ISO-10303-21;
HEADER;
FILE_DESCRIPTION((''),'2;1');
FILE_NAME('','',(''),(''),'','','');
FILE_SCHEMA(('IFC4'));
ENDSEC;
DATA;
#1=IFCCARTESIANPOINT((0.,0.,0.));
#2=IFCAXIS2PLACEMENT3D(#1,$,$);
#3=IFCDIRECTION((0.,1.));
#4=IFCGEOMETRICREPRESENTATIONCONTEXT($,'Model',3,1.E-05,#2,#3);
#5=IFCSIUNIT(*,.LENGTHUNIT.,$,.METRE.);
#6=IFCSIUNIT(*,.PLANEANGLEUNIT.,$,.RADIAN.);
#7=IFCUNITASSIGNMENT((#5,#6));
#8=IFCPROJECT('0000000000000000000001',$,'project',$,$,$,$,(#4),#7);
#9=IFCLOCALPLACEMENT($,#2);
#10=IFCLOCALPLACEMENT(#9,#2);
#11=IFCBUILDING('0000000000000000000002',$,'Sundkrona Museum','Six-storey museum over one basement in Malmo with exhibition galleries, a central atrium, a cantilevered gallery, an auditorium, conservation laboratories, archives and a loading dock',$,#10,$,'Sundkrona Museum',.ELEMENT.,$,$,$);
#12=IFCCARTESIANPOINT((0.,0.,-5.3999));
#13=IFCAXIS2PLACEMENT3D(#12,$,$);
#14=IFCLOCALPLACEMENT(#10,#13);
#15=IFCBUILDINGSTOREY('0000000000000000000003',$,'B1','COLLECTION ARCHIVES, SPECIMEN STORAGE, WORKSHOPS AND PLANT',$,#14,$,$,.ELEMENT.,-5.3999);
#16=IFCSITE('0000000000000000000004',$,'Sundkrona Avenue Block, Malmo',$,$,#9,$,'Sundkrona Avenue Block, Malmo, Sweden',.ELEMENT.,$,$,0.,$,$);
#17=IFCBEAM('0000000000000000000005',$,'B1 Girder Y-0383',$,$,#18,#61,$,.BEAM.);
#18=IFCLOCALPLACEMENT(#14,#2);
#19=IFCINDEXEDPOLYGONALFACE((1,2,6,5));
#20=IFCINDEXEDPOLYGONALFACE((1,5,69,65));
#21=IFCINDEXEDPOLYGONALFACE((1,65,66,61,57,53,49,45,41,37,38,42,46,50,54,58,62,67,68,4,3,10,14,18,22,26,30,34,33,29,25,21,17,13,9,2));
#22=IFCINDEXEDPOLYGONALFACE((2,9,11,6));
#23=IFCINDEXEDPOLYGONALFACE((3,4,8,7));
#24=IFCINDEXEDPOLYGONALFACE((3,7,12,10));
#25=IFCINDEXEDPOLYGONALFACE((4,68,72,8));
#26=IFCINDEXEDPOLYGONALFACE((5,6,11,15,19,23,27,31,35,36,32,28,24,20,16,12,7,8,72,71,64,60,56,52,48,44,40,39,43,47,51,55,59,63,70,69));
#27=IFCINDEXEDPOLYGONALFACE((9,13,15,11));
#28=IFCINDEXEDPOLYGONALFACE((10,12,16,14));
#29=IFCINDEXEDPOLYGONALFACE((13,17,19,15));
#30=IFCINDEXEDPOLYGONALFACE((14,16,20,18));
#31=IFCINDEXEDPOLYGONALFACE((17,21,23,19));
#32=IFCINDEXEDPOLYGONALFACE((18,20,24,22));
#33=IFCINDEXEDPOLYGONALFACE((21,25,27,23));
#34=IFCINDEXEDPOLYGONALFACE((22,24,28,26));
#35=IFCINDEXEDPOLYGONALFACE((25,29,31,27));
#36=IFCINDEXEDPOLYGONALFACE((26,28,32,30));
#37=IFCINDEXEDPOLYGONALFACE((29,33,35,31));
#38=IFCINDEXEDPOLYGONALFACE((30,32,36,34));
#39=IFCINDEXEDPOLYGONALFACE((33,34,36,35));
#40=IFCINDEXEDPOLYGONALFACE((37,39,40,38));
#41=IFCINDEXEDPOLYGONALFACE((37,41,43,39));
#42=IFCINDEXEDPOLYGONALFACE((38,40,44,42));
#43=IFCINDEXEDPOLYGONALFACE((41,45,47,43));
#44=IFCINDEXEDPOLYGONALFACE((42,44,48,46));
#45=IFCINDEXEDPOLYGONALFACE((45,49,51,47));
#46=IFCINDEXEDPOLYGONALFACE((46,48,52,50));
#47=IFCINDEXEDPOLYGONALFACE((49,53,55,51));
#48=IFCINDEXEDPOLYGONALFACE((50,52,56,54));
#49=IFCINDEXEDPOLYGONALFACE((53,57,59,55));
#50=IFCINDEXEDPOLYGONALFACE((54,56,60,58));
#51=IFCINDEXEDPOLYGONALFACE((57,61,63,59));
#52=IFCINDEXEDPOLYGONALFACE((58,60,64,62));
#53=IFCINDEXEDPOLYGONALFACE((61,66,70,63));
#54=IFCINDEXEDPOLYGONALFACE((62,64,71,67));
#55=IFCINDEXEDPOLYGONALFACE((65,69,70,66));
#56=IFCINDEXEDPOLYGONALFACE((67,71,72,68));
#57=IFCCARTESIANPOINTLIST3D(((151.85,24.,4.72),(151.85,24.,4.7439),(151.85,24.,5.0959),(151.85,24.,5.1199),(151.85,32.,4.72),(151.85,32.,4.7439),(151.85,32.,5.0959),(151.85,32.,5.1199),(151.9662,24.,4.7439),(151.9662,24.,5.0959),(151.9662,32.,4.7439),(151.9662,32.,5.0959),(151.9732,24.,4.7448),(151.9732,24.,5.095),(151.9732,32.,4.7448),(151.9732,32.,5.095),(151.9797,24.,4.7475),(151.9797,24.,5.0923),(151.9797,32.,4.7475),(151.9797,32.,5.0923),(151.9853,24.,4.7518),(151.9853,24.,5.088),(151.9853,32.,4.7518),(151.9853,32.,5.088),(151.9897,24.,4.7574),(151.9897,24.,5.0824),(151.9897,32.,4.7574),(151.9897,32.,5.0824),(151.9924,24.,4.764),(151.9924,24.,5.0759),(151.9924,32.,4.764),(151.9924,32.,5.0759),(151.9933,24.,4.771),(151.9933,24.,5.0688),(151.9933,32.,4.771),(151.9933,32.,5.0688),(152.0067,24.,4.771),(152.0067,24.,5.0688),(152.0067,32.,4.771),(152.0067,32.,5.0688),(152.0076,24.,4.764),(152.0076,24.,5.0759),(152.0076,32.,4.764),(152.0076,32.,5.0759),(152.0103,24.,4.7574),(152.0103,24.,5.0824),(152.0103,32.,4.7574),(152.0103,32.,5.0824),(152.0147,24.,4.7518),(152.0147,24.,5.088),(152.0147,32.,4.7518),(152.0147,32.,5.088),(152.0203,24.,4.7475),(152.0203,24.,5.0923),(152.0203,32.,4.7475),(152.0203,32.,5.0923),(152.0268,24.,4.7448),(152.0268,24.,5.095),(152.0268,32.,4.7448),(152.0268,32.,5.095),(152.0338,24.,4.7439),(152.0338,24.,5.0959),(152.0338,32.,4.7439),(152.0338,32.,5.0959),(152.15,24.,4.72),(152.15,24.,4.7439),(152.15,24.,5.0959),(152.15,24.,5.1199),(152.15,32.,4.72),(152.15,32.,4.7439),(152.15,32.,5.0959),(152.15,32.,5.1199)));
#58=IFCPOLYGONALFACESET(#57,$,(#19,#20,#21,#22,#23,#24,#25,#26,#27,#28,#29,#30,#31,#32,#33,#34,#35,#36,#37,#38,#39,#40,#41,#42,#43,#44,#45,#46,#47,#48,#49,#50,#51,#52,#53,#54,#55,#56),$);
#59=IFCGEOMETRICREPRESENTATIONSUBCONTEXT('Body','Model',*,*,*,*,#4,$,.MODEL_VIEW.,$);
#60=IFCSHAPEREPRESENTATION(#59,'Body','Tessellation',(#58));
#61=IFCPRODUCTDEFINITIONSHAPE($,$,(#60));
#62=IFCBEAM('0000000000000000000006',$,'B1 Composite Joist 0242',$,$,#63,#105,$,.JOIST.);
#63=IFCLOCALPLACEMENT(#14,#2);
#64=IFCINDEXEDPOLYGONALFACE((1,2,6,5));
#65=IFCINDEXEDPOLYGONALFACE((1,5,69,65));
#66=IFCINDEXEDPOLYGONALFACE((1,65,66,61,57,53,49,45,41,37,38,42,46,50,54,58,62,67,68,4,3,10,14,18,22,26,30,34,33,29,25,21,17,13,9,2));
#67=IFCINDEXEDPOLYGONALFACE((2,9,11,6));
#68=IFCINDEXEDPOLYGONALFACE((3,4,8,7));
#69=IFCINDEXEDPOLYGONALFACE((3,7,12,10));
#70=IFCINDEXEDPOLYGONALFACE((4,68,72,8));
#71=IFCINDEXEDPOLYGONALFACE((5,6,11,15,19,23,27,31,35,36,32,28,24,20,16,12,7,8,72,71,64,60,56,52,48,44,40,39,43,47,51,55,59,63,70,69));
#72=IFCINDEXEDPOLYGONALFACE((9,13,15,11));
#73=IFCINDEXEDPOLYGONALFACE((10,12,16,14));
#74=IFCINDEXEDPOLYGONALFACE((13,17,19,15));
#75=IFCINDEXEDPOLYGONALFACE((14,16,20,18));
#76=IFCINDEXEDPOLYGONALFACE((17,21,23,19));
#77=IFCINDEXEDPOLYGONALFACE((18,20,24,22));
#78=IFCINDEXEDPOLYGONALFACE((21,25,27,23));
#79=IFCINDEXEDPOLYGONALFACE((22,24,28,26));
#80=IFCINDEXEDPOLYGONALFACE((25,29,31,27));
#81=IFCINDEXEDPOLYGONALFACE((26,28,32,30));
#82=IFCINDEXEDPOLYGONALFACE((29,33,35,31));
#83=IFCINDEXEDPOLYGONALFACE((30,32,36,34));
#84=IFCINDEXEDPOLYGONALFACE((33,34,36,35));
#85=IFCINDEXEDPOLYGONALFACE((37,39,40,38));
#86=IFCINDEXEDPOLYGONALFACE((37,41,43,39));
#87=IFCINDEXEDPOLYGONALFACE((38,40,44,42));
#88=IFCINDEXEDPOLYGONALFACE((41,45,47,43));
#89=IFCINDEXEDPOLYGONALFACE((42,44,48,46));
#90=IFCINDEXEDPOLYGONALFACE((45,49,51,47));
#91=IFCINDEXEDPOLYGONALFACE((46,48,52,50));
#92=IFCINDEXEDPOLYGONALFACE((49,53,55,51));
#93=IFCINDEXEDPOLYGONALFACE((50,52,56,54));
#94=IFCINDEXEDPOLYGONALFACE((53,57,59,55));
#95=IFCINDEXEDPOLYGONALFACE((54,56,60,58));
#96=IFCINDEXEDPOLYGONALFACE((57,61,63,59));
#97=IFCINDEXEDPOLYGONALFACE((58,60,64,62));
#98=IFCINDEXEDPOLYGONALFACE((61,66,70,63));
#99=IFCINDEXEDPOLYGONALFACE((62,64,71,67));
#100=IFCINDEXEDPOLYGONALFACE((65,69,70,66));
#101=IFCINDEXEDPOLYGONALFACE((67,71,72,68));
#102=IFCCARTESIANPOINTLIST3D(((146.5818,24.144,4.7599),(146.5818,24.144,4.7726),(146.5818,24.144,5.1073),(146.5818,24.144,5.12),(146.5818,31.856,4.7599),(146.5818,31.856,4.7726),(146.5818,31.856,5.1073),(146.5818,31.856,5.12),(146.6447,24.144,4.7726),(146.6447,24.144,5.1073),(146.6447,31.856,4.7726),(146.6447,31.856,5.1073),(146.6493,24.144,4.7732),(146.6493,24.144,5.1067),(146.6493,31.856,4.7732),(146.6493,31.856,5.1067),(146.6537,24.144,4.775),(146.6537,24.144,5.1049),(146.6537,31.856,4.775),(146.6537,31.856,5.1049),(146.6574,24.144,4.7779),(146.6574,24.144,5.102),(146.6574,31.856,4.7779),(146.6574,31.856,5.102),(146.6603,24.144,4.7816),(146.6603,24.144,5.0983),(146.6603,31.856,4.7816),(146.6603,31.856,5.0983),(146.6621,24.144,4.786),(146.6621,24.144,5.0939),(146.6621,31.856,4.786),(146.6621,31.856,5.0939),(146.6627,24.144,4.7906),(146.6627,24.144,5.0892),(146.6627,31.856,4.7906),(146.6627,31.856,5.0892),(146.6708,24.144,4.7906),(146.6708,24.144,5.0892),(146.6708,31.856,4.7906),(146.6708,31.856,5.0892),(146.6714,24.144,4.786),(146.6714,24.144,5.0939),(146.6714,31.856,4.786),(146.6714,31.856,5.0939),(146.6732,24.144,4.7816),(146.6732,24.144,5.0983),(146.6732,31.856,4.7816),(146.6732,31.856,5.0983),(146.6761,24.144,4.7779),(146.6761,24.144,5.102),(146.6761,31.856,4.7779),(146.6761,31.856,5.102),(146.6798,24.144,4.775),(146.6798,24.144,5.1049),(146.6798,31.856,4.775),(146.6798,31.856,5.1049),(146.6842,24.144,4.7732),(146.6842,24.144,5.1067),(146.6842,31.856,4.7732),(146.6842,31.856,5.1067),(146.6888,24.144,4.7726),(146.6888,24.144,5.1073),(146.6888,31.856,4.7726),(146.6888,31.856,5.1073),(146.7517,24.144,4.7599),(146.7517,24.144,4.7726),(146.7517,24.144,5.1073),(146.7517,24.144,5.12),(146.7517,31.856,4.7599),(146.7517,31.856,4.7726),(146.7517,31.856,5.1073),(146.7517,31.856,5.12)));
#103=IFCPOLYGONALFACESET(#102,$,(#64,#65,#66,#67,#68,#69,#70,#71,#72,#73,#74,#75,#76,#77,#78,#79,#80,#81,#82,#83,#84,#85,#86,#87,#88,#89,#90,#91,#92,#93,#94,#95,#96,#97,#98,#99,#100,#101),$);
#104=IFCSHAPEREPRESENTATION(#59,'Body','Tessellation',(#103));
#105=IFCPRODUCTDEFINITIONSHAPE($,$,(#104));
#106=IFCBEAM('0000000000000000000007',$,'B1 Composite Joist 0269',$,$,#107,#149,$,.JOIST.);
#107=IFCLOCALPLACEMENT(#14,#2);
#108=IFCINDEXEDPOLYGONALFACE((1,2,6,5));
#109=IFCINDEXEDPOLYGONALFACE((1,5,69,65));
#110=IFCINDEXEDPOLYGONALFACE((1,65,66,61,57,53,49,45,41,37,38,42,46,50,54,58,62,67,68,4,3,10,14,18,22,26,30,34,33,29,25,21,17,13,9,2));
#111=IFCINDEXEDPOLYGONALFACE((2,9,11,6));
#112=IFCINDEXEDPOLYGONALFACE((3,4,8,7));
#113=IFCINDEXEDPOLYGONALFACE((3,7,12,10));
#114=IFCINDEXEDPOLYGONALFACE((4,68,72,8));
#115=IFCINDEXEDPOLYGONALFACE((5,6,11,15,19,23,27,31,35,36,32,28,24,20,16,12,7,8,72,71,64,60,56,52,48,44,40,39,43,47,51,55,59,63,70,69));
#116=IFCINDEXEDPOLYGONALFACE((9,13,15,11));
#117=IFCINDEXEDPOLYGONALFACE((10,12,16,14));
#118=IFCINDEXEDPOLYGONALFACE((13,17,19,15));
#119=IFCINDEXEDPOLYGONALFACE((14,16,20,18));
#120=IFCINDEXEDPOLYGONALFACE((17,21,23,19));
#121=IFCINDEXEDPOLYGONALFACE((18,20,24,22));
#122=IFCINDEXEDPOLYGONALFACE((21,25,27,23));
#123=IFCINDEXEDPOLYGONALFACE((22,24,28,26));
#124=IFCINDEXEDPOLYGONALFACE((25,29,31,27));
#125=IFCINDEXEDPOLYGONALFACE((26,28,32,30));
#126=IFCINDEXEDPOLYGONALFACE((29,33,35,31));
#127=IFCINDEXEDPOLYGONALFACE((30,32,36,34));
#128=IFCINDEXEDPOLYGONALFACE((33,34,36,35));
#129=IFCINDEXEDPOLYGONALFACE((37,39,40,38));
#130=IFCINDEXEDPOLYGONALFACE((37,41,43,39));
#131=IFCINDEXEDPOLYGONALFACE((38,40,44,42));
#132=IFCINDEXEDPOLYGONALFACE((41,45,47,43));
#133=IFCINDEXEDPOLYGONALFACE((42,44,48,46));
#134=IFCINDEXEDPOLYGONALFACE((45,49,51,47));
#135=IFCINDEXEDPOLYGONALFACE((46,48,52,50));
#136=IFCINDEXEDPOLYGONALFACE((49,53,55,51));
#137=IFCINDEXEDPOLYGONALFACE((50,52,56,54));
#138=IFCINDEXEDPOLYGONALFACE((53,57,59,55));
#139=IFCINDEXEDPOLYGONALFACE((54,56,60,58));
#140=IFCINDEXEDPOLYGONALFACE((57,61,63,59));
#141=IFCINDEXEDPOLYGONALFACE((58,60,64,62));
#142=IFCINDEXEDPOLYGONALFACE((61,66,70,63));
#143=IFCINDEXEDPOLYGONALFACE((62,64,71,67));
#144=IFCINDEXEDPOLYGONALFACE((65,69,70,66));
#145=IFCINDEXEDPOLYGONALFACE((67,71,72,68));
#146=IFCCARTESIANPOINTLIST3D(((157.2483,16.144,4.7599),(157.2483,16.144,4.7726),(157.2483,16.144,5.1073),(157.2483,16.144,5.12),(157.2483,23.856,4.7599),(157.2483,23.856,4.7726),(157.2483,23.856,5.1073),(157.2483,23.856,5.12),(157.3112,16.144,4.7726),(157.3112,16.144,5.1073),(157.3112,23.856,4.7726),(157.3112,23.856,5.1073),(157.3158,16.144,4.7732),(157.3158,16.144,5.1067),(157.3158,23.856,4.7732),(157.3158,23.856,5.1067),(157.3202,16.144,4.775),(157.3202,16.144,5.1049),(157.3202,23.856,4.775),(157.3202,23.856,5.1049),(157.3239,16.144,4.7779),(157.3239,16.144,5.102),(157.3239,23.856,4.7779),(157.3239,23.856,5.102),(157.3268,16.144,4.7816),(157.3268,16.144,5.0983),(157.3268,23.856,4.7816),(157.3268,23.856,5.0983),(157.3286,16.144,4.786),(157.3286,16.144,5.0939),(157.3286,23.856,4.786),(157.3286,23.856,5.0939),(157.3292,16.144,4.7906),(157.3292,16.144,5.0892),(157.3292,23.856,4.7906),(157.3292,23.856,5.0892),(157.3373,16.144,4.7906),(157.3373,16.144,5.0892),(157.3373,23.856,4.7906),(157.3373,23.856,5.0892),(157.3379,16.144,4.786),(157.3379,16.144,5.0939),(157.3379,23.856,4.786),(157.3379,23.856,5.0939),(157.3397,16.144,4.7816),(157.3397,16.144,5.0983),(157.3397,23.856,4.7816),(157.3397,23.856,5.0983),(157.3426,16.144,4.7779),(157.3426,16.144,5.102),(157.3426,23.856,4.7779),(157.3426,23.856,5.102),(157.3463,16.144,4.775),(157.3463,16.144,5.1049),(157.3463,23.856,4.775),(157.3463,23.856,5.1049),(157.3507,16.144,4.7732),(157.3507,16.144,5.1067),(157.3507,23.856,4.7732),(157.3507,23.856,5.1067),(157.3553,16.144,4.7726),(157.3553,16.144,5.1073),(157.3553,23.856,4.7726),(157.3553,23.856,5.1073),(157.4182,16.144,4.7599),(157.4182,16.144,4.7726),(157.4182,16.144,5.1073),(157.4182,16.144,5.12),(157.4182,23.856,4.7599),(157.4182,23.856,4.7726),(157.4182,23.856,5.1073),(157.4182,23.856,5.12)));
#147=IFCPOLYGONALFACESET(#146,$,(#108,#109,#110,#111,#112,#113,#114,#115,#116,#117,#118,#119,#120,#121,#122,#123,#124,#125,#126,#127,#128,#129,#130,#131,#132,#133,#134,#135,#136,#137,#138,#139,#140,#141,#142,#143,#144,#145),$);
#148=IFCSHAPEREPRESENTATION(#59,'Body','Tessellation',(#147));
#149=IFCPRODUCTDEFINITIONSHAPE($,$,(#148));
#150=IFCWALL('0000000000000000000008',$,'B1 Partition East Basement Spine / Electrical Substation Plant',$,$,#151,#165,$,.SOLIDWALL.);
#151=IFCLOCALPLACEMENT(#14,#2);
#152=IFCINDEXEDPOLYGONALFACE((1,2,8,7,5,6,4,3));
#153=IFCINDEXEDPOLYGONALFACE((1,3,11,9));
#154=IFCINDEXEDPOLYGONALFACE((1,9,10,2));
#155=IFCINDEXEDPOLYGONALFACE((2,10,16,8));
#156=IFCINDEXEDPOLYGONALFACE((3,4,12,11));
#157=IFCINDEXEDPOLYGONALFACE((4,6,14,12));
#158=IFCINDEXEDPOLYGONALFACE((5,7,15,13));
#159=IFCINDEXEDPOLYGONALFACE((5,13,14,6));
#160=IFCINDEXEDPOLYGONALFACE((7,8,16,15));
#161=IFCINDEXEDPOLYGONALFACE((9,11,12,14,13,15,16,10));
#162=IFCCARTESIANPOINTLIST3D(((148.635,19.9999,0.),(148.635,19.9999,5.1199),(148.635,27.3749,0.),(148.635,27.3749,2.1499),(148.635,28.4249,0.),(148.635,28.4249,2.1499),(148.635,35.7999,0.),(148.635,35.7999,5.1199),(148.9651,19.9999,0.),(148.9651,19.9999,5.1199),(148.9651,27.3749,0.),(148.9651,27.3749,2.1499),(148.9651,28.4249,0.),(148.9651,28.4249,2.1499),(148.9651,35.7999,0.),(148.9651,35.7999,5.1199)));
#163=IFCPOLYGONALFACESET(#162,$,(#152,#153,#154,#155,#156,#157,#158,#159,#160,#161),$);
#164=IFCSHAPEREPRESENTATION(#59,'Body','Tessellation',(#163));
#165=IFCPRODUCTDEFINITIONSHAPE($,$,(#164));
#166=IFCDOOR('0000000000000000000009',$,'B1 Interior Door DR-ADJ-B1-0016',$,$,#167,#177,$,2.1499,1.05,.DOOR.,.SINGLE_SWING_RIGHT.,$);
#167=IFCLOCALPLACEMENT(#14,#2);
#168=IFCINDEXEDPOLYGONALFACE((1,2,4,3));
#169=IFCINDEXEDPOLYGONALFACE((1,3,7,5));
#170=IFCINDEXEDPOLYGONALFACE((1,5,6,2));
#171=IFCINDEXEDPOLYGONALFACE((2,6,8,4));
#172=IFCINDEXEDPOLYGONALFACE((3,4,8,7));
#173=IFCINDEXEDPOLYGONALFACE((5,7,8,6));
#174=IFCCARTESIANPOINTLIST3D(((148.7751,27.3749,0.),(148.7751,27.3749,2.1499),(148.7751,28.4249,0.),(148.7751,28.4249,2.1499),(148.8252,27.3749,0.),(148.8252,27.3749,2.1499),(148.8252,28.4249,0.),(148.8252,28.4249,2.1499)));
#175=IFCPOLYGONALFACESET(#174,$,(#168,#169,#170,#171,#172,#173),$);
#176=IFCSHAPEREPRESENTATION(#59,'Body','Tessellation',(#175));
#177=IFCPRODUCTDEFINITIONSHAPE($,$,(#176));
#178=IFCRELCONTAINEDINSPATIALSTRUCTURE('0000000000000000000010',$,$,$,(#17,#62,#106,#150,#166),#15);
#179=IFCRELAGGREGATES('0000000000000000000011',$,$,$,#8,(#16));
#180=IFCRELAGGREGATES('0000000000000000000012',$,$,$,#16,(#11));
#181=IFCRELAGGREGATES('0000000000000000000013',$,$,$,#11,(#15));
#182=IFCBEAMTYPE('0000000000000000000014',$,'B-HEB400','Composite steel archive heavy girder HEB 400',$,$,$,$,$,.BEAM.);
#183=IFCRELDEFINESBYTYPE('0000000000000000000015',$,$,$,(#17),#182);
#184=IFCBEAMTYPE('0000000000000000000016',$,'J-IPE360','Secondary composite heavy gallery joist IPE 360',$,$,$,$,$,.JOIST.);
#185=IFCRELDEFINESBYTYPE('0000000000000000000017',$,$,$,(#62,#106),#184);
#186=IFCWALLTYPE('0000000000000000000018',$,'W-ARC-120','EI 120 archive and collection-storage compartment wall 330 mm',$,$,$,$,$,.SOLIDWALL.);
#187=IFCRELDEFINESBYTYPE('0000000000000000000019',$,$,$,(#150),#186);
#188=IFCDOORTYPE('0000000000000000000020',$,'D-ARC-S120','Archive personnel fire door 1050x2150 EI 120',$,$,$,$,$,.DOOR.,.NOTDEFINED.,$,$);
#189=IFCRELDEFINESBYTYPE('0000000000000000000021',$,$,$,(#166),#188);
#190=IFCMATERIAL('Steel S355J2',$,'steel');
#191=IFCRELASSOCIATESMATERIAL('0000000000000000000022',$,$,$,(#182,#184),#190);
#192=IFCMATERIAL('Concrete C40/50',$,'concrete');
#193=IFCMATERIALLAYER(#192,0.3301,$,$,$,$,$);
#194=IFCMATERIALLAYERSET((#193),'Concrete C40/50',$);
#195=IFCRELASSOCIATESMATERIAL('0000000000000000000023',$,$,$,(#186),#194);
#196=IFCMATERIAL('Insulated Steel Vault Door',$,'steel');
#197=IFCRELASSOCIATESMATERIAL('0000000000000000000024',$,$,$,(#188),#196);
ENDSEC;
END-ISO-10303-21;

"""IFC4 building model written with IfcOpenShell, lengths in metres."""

from ifc_helpers import new_model, si_unit, direction, frame, frame_2d, origin, origin_2d, place, context, subcontext, project, spatial, rectangle, i_section, extrude, material, layer, layer_set, material_profile, profile_set, type_object, element, fill, save


model = new_model("IFC4")

# Units and contexts
model_context = context("Model", 3, precision=1e-05, world=origin(), true_north=direction((0.0, 1.0)))
body_context = subcontext(model_context, "Body", "Model", "MODEL_VIEW")
ifc_project = project(units=[si_unit("LENGTHUNIT", "METRE"), si_unit("PLANEANGLEUNIT", "RADIAN")], contexts=[model_context])

# Site, building, storey
site_placement = place(None, origin())
site = spatial("IfcSite", under=ifc_project, at=site_placement, Name="Sundkrona Avenue Block, Malmo", LongName="Sundkrona Avenue Block, Malmo, Sweden", CompositionType="ELEMENT", RefElevation=0.0)
building_placement = place(site_placement, origin())
building = spatial("IfcBuilding", under=site, at=building_placement, Name="Sundkrona Museum", Description="Six-storey museum over one basement in Malmo with exhibition galleries, a central atrium, a cantilevered gallery, an auditorium, conservation laboratories, archives and a loading dock", LongName="Sundkrona Museum", CompositionType="ELEMENT")
storey_placement = place(building_placement, frame((0.0, 0.0, -5.3999)))
storey = spatial("IfcBuildingStorey", under=building, at=storey_placement, Name="B1", Description="COLLECTION ARCHIVES, SPECIMEN STORAGE, WORKSHOPS AND PLANT", CompositionType="ELEMENT", Elevation=-5.3999)

# Shared definitions
ifc_material_1 = material(Name="Concrete C40/50", Category="concrete")

# Beams
ifc_material_2 = material(Name="Steel S355J2", Category="steel")
ifc_material_profile_1 = material_profile(ifc_material_2, i_section(OverallWidth=0.3, OverallDepth=0.3999, WebThickness=0.0134, FlangeThickness=0.0239, FilletRadius=0.0271, at=origin_2d()), Name="HEB 400")
ifc_profile_set_1 = profile_set([ifc_material_profile_1], Name="Steel S355J2")
beam_type_1 = type_object("IfcBeamType", Name="B-HEB400", Description="Composite steel archive heavy girder HEB 400", PredefinedType="BEAM", material=ifc_profile_set_1)
for number, where, z_axis, x_axis, name in (
    (1, (152.0, 24.0, 4.9199), (0.0, 1.0, 0.0), (-1.0, 0.0, 0.0), "B1 Girder Y-0383"),
):
    element("IfcBeam", number, at=place(storey_placement, frame(where, z_axis=z_axis, x_axis=x_axis)), inside=storey, type_object=beam_type_1, Name=name, PredefinedType="BEAM", context=body_context, shape_type="SweptSolid", body=[
        extrude(i_section(OverallWidth=0.3, OverallDepth=0.3999, WebThickness=0.0134, FlangeThickness=0.0239, FilletRadius=0.0271, at=origin_2d()), origin(), (0.0, 0.0, 1.0), 8.0),
    ])
ifc_material_profile_2 = material_profile(ifc_material_2, i_section(OverallWidth=0.1699, OverallDepth=0.3601, WebThickness=0.0081, FlangeThickness=0.0127, FilletRadius=0.0181, at=origin_2d()), Name="IPE 360")
ifc_profile_set_2 = profile_set([ifc_material_profile_2], Name="Steel S355J2")
beam_type_2 = type_object("IfcBeamType", Name="J-IPE360", Description="Secondary composite heavy gallery joist IPE 360", PredefinedType="JOIST", material=ifc_profile_set_2)
for number, where, z_axis, x_axis, name in (
    (2, (146.6667, 24.144, 4.9399), (0.0, 1.0, 0.0), (-1.0, 0.0, 0.0), "B1 Composite Joist 0242"),
    (3, (157.3333, 16.144, 4.9399), (0.0, 1.0, 0.0), (-1.0, 0.0, 0.0), "B1 Composite Joist 0269"),
):
    element("IfcBeam", number, at=place(storey_placement, frame(where, z_axis=z_axis, x_axis=x_axis)), inside=storey, type_object=beam_type_2, Name=name, PredefinedType="JOIST", context=body_context, shape_type="SweptSolid", body=[
        extrude(i_section(OverallWidth=0.1699, OverallDepth=0.3601, WebThickness=0.0081, FlangeThickness=0.0127, FilletRadius=0.0181, at=origin_2d()), origin(), (0.0, 0.0, 1.0), 7.7119),
    ])

# Wall, opening, door
ifc_layer_1 = layer(ifc_material_1, 0.3301)
ifc_layer_set_1 = layer_set([ifc_layer_1], Name="Concrete C40/50")
wall_type_1 = type_object("IfcWallType", Name="W-ARC-120", Description="EI 120 archive and collection-storage compartment wall 330 mm", PredefinedType="SOLIDWALL", material=ifc_layer_set_1)
wall_1_placement = place(storey_placement, frame((148.8, 20.0, 0.0), z_axis=(0.0, 0.0, 1.0), x_axis=(0.0, 1.0, 0.0)))
wall_1 = element("IfcWall", 4, at=wall_1_placement, inside=storey, type_object=wall_type_1, Name="B1 Partition East Basement Spine / Electrical Substation Plant", PredefinedType="SOLIDWALL", context=body_context, shape_type="SweptSolid", body=[
    extrude(rectangle(XDim=15.8, YDim=0.3301, at=frame_2d((7.8999, 0.0))), origin(), (0.0, 0.0, 1.0), 5.1199),
])
opening_1_placement = place(wall_1_placement, frame((7.375, 0.0, 0.0)))
opening_1 = element("IfcOpeningElement", 5, at=opening_1_placement, cuts=wall_1, PredefinedType="OPENING", context=body_context, shape_type="SweptSolid", body=[
    extrude(rectangle(XDim=1.05, YDim=2.1499, at=frame_2d((0.5249, 1.075))), frame((0.0, 0.175, 0.0), z_axis=(0.0, -1.0, 0.0), x_axis=(1.0, 0.0, 0.0)), (0.0, 0.0, 1.0), 0.3501),
])
ifc_material_3 = material(Name="Insulated Steel Vault Door", Category="steel")
door_type_1 = type_object("IfcDoorType", Name="D-ARC-S120", Description="Archive personnel fire door 1050x2150 EI 120", OperationType="NOTDEFINED", PredefinedType="DOOR", material=ifc_material_3)
door_1_placement = place(opening_1_placement, origin())
door_1 = element("IfcDoor", 6, at=door_1_placement, inside=storey, type_object=door_type_1, Name="B1 Interior Door DR-ADJ-B1-0016", OperationType="SINGLE_SWING_RIGHT", OverallHeight=2.1499, OverallWidth=1.05, PredefinedType="DOOR", context=body_context, shape_type="SweptSolid", body=[
    extrude(rectangle(XDim=1.05, YDim=2.1499, at=frame_2d((0.5249, 1.075))), frame((0.0, 0.0249, 0.0), z_axis=(0.0, -1.0, 0.0), x_axis=(1.0, 0.0, 0.0)), (0.0, 0.0, 1.0), 0.05),
])
fill(opening_1, door_1)

save(model, "model.ifc")
